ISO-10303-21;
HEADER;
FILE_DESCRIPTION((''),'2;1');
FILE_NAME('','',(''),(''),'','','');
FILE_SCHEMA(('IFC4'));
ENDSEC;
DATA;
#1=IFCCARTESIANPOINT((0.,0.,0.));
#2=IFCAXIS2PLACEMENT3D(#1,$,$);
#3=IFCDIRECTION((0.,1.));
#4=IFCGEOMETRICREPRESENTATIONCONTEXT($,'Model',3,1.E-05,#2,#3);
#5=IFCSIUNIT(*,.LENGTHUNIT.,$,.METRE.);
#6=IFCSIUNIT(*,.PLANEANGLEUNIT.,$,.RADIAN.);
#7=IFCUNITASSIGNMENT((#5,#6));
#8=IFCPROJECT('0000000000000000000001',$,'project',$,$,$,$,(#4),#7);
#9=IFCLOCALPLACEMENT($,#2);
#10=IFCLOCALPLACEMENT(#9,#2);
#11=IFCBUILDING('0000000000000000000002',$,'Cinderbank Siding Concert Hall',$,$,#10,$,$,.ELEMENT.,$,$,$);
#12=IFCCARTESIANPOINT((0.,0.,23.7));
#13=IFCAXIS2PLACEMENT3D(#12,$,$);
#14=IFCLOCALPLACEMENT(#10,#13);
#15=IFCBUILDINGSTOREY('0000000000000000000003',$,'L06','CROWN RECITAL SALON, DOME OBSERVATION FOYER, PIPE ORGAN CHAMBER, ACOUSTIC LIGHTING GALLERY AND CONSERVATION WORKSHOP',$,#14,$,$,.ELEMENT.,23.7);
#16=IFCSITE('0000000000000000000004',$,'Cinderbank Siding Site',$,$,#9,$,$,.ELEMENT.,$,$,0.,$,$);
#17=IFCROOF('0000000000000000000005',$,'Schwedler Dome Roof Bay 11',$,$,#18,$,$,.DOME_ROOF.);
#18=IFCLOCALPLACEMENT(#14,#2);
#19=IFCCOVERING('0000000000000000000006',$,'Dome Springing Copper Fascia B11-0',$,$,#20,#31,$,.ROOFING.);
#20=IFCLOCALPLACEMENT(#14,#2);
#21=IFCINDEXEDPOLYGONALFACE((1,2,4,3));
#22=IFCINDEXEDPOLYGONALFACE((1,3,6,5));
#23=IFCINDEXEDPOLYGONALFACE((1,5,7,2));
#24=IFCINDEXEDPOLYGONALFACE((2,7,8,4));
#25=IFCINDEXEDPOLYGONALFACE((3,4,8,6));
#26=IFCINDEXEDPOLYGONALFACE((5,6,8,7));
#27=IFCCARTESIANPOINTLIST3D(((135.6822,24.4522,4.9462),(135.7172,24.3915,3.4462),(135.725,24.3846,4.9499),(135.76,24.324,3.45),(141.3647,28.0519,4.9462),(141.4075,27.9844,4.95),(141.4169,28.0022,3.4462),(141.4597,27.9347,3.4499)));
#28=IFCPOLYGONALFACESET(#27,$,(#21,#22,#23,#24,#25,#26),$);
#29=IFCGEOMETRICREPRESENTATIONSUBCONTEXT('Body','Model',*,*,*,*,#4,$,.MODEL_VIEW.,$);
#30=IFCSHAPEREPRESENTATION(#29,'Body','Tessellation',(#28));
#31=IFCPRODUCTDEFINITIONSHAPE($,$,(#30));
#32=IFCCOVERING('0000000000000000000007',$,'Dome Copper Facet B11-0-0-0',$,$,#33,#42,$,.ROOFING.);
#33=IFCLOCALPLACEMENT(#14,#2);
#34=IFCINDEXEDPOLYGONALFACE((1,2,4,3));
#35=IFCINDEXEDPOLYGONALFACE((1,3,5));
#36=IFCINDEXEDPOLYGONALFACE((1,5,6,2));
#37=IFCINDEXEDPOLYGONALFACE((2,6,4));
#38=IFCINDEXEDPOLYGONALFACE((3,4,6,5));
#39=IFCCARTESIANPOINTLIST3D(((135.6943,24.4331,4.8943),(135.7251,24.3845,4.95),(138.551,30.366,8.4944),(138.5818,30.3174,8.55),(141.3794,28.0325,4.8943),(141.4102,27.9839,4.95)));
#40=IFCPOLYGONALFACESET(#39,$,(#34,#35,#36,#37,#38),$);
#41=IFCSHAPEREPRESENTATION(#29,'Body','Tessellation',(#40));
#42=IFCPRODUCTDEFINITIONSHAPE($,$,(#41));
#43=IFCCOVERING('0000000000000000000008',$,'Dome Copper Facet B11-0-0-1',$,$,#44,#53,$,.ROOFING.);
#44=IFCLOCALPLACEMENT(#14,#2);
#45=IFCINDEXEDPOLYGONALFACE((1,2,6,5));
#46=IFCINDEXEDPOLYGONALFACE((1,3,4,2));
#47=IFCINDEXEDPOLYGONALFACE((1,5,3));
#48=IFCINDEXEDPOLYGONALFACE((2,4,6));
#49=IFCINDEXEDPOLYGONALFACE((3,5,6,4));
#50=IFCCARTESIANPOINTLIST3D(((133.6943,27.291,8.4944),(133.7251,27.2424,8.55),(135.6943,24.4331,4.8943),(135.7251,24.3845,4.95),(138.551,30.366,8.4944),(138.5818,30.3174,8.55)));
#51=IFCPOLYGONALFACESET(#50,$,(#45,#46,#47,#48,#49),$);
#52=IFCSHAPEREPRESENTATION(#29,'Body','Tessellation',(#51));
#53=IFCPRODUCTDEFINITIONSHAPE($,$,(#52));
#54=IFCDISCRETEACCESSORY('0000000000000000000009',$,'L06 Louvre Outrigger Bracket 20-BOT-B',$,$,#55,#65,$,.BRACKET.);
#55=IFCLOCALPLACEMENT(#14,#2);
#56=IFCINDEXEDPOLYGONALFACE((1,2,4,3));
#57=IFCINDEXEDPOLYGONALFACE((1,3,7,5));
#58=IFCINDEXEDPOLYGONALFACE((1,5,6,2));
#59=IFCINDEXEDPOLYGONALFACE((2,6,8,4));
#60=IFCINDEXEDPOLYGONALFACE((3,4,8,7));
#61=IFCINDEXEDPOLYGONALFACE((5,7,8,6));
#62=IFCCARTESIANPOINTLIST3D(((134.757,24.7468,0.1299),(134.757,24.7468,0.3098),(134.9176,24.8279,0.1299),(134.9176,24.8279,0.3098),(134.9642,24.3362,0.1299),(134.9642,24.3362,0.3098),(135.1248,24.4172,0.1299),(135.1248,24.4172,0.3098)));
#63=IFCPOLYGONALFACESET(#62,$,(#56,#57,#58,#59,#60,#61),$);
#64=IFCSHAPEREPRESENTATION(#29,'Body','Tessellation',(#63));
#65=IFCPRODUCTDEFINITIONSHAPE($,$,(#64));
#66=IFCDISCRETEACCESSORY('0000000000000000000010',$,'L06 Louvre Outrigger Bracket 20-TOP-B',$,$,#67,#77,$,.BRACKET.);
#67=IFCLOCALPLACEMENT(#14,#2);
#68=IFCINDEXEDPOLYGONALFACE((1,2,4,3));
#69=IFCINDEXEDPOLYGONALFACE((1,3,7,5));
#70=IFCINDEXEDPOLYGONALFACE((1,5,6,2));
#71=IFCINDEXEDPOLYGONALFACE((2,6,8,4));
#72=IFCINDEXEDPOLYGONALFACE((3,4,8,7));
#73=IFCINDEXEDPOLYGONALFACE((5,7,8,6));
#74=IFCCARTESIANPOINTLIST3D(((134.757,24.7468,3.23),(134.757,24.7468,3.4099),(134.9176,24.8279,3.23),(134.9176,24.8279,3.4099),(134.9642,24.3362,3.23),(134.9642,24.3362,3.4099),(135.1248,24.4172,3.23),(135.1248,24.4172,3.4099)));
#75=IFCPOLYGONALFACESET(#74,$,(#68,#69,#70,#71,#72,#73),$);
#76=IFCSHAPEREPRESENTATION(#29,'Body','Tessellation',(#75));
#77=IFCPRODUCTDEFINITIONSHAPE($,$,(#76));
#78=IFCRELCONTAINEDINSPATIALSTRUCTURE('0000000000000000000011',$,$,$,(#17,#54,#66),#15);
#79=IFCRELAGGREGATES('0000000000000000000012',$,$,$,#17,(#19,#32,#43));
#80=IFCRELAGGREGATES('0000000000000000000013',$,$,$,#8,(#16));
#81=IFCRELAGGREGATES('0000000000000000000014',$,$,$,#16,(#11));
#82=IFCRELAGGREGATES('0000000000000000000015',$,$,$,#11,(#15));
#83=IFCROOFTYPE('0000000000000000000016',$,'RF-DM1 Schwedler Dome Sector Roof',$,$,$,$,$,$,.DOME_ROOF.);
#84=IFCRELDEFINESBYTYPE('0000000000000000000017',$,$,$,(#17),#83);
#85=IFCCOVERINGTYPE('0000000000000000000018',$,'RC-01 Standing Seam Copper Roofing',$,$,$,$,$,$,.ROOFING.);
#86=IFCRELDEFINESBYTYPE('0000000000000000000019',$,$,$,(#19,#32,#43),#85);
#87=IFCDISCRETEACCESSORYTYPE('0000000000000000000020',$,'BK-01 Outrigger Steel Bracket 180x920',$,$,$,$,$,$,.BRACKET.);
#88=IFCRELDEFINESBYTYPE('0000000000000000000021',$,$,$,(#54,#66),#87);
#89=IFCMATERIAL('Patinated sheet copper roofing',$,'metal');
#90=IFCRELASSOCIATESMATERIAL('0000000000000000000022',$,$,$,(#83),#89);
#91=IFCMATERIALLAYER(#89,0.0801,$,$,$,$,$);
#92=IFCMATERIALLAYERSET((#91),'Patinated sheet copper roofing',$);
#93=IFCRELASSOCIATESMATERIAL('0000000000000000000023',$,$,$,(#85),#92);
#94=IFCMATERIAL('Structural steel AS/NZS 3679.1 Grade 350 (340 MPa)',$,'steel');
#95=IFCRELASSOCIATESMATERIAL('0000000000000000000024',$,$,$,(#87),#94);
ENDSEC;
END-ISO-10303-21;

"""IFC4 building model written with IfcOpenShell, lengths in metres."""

from ifc_helpers import new_model, si_unit, direction, frame, origin, origin_2d, place, context, subcontext, project, spatial, polyline, rectangle, outline, extrude, material, layer, layer_set, type_object, element, aggregate, save


model = new_model("IFC4")

# Units and contexts
model_context = context("Model", 3, precision=1e-05, world=origin(), true_north=direction((0.0, 1.0)))
body_context = subcontext(model_context, "Body", "Model", "MODEL_VIEW")
ifc_project = project(units=[si_unit("LENGTHUNIT", "METRE"), si_unit("PLANEANGLEUNIT", "RADIAN")], contexts=[model_context])

# Site, building, storey
site_placement = place(None, origin())
site = spatial("IfcSite", under=ifc_project, at=site_placement, Name="Cinderbank Siding Site", CompositionType="ELEMENT", RefElevation=0.0)
building_placement = place(site_placement, origin())
building = spatial("IfcBuilding", under=site, at=building_placement, Name="Cinderbank Siding Concert Hall", CompositionType="ELEMENT")
storey_placement = place(building_placement, frame((0.0, 0.0, 23.7)))
storey = spatial("IfcBuildingStorey", under=building, at=storey_placement, Name="L06", Description="CROWN RECITAL SALON, DOME OBSERVATION FOYER, PIPE ORGAN CHAMBER, ACOUSTIC LIGHTING GALLERY AND CONSERVATION WORKSHOP", CompositionType="ELEMENT", Elevation=23.7)

# Shared definitions
ifc_material_1 = material(Name="Structural steel AS/NZS 3679.1 Grade 350 (340 MPa)", Category="steel")

# Roof, coverings
ifc_material_2 = material(Name="Patinated sheet copper roofing", Category="metal")
roof_type = type_object("IfcRoofType", Name="RF-DM1 Schwedler Dome Sector Roof", PredefinedType="DOME_ROOF", material=ifc_material_2)
roof_placement = place(storey_placement, origin())
roof = element("IfcRoof", 1, at=roof_placement, inside=storey, type_object=roof_type, Name="Schwedler Dome Roof Bay 11", PredefinedType="DOME_ROOF")
ifc_layer_1 = layer(ifc_material_2, 0.0801)
ifc_layer_set_1 = layer_set([ifc_layer_1], Name="Patinated sheet copper roofing")
covering_type = type_object("IfcCoveringType", Name="RC-01 Standing Seam Copper Roofing", PredefinedType="ROOFING", material=ifc_layer_set_1)
covering_1_placement = place(storey_placement, frame((135.76, 24.324, 3.45), z_axis=(0.534567, -0.843842, 0.04657), x_axis=(0.844759, 0.535147, -0.000001)))
covering_1 = element("IfcCovering", 2, at=covering_1_placement, type_object=covering_type, Name="Dome Springing Copper Fascia B11-0", PredefinedType="ROOFING", context=body_context, shape_type="SweptSolid", body=[
    extrude(outline(polyline([(0.0, 0.0), (6.7471, 0.0), (6.7296, 1.5016), (0.0029, 1.5016), (0.0, 0.0)])), origin(), (0.0, 0.0, -1.0), 0.0801),
])
covering_2_placement = place(storey_placement, frame((135.7251, 24.3845, 4.95), z_axis=(0.38437, -0.607097, 0.695481), x_axis=(0.844898, 0.534928, 0.0)))
covering_2 = element("IfcCovering", 3, at=covering_2_placement, type_object=covering_type, Name="Dome Copper Facet B11-0-0-0", PredefinedType="ROOFING", context=body_context, shape_type="SweptSolid", body=[
    extrude(outline(polyline([(0.0, 0.0), (6.7287, 0.0), (5.5873, 5.0103), (0.0, 0.0)])), origin(), (0.0, 0.0, -1.0), 0.0801),
])
covering_3_placement = place(storey_placement, frame((135.7251, 24.3845, 4.95), z_axis=(0.384376, -0.607098, 0.695476), x_axis=(0.380654, 0.790555, 0.479714)))
covering_3 = element("IfcCovering", 4, at=covering_3_placement, type_object=covering_type, Name="Dome Copper Facet B11-0-0-1", PredefinedType="ROOFING", context=body_context, shape_type="SweptSolid", body=[
    extrude(outline(polyline([(0.0, 0.0), (7.5047, 0.0), (3.225, 3.8376), (0.0, 0.0)])), origin(), (0.0, 0.0, -1.0), 0.0801),
])
aggregate(roof, [covering_1, covering_2, covering_3])

# Discrete accessories
discrete_accessory_type = type_object("IfcDiscreteAccessoryType", Name="BK-01 Outrigger Steel Bracket 180x920", PredefinedType="BRACKET", material=ifc_material_1)
for number, where, z_axis, x_axis, name in (
    (5, (134.9409, 24.582, 0.1299), (0.0, 0.0, 1.0), (0.450487, -0.892783, 0.0), "L06 Louvre Outrigger Bracket 20-BOT-B"),
    (6, (134.9409, 24.582, 3.23), (0.0, 0.0, 1.0), (0.450487, -0.892783, 0.0), "L06 Louvre Outrigger Bracket 20-TOP-B"),
):
    element("IfcDiscreteAccessory", number, at=place(storey_placement, frame(where, z_axis=z_axis, x_axis=x_axis)), inside=storey, type_object=discrete_accessory_type, Name=name, PredefinedType="BRACKET", context=body_context, shape_type="SweptSolid", body=[
        extrude(rectangle(XDim=0.46, YDim=0.1799, at=origin_2d()), origin(), (0.0, 0.0, 1.0), 0.1799),
    ])

save(model, "model.ifc")
